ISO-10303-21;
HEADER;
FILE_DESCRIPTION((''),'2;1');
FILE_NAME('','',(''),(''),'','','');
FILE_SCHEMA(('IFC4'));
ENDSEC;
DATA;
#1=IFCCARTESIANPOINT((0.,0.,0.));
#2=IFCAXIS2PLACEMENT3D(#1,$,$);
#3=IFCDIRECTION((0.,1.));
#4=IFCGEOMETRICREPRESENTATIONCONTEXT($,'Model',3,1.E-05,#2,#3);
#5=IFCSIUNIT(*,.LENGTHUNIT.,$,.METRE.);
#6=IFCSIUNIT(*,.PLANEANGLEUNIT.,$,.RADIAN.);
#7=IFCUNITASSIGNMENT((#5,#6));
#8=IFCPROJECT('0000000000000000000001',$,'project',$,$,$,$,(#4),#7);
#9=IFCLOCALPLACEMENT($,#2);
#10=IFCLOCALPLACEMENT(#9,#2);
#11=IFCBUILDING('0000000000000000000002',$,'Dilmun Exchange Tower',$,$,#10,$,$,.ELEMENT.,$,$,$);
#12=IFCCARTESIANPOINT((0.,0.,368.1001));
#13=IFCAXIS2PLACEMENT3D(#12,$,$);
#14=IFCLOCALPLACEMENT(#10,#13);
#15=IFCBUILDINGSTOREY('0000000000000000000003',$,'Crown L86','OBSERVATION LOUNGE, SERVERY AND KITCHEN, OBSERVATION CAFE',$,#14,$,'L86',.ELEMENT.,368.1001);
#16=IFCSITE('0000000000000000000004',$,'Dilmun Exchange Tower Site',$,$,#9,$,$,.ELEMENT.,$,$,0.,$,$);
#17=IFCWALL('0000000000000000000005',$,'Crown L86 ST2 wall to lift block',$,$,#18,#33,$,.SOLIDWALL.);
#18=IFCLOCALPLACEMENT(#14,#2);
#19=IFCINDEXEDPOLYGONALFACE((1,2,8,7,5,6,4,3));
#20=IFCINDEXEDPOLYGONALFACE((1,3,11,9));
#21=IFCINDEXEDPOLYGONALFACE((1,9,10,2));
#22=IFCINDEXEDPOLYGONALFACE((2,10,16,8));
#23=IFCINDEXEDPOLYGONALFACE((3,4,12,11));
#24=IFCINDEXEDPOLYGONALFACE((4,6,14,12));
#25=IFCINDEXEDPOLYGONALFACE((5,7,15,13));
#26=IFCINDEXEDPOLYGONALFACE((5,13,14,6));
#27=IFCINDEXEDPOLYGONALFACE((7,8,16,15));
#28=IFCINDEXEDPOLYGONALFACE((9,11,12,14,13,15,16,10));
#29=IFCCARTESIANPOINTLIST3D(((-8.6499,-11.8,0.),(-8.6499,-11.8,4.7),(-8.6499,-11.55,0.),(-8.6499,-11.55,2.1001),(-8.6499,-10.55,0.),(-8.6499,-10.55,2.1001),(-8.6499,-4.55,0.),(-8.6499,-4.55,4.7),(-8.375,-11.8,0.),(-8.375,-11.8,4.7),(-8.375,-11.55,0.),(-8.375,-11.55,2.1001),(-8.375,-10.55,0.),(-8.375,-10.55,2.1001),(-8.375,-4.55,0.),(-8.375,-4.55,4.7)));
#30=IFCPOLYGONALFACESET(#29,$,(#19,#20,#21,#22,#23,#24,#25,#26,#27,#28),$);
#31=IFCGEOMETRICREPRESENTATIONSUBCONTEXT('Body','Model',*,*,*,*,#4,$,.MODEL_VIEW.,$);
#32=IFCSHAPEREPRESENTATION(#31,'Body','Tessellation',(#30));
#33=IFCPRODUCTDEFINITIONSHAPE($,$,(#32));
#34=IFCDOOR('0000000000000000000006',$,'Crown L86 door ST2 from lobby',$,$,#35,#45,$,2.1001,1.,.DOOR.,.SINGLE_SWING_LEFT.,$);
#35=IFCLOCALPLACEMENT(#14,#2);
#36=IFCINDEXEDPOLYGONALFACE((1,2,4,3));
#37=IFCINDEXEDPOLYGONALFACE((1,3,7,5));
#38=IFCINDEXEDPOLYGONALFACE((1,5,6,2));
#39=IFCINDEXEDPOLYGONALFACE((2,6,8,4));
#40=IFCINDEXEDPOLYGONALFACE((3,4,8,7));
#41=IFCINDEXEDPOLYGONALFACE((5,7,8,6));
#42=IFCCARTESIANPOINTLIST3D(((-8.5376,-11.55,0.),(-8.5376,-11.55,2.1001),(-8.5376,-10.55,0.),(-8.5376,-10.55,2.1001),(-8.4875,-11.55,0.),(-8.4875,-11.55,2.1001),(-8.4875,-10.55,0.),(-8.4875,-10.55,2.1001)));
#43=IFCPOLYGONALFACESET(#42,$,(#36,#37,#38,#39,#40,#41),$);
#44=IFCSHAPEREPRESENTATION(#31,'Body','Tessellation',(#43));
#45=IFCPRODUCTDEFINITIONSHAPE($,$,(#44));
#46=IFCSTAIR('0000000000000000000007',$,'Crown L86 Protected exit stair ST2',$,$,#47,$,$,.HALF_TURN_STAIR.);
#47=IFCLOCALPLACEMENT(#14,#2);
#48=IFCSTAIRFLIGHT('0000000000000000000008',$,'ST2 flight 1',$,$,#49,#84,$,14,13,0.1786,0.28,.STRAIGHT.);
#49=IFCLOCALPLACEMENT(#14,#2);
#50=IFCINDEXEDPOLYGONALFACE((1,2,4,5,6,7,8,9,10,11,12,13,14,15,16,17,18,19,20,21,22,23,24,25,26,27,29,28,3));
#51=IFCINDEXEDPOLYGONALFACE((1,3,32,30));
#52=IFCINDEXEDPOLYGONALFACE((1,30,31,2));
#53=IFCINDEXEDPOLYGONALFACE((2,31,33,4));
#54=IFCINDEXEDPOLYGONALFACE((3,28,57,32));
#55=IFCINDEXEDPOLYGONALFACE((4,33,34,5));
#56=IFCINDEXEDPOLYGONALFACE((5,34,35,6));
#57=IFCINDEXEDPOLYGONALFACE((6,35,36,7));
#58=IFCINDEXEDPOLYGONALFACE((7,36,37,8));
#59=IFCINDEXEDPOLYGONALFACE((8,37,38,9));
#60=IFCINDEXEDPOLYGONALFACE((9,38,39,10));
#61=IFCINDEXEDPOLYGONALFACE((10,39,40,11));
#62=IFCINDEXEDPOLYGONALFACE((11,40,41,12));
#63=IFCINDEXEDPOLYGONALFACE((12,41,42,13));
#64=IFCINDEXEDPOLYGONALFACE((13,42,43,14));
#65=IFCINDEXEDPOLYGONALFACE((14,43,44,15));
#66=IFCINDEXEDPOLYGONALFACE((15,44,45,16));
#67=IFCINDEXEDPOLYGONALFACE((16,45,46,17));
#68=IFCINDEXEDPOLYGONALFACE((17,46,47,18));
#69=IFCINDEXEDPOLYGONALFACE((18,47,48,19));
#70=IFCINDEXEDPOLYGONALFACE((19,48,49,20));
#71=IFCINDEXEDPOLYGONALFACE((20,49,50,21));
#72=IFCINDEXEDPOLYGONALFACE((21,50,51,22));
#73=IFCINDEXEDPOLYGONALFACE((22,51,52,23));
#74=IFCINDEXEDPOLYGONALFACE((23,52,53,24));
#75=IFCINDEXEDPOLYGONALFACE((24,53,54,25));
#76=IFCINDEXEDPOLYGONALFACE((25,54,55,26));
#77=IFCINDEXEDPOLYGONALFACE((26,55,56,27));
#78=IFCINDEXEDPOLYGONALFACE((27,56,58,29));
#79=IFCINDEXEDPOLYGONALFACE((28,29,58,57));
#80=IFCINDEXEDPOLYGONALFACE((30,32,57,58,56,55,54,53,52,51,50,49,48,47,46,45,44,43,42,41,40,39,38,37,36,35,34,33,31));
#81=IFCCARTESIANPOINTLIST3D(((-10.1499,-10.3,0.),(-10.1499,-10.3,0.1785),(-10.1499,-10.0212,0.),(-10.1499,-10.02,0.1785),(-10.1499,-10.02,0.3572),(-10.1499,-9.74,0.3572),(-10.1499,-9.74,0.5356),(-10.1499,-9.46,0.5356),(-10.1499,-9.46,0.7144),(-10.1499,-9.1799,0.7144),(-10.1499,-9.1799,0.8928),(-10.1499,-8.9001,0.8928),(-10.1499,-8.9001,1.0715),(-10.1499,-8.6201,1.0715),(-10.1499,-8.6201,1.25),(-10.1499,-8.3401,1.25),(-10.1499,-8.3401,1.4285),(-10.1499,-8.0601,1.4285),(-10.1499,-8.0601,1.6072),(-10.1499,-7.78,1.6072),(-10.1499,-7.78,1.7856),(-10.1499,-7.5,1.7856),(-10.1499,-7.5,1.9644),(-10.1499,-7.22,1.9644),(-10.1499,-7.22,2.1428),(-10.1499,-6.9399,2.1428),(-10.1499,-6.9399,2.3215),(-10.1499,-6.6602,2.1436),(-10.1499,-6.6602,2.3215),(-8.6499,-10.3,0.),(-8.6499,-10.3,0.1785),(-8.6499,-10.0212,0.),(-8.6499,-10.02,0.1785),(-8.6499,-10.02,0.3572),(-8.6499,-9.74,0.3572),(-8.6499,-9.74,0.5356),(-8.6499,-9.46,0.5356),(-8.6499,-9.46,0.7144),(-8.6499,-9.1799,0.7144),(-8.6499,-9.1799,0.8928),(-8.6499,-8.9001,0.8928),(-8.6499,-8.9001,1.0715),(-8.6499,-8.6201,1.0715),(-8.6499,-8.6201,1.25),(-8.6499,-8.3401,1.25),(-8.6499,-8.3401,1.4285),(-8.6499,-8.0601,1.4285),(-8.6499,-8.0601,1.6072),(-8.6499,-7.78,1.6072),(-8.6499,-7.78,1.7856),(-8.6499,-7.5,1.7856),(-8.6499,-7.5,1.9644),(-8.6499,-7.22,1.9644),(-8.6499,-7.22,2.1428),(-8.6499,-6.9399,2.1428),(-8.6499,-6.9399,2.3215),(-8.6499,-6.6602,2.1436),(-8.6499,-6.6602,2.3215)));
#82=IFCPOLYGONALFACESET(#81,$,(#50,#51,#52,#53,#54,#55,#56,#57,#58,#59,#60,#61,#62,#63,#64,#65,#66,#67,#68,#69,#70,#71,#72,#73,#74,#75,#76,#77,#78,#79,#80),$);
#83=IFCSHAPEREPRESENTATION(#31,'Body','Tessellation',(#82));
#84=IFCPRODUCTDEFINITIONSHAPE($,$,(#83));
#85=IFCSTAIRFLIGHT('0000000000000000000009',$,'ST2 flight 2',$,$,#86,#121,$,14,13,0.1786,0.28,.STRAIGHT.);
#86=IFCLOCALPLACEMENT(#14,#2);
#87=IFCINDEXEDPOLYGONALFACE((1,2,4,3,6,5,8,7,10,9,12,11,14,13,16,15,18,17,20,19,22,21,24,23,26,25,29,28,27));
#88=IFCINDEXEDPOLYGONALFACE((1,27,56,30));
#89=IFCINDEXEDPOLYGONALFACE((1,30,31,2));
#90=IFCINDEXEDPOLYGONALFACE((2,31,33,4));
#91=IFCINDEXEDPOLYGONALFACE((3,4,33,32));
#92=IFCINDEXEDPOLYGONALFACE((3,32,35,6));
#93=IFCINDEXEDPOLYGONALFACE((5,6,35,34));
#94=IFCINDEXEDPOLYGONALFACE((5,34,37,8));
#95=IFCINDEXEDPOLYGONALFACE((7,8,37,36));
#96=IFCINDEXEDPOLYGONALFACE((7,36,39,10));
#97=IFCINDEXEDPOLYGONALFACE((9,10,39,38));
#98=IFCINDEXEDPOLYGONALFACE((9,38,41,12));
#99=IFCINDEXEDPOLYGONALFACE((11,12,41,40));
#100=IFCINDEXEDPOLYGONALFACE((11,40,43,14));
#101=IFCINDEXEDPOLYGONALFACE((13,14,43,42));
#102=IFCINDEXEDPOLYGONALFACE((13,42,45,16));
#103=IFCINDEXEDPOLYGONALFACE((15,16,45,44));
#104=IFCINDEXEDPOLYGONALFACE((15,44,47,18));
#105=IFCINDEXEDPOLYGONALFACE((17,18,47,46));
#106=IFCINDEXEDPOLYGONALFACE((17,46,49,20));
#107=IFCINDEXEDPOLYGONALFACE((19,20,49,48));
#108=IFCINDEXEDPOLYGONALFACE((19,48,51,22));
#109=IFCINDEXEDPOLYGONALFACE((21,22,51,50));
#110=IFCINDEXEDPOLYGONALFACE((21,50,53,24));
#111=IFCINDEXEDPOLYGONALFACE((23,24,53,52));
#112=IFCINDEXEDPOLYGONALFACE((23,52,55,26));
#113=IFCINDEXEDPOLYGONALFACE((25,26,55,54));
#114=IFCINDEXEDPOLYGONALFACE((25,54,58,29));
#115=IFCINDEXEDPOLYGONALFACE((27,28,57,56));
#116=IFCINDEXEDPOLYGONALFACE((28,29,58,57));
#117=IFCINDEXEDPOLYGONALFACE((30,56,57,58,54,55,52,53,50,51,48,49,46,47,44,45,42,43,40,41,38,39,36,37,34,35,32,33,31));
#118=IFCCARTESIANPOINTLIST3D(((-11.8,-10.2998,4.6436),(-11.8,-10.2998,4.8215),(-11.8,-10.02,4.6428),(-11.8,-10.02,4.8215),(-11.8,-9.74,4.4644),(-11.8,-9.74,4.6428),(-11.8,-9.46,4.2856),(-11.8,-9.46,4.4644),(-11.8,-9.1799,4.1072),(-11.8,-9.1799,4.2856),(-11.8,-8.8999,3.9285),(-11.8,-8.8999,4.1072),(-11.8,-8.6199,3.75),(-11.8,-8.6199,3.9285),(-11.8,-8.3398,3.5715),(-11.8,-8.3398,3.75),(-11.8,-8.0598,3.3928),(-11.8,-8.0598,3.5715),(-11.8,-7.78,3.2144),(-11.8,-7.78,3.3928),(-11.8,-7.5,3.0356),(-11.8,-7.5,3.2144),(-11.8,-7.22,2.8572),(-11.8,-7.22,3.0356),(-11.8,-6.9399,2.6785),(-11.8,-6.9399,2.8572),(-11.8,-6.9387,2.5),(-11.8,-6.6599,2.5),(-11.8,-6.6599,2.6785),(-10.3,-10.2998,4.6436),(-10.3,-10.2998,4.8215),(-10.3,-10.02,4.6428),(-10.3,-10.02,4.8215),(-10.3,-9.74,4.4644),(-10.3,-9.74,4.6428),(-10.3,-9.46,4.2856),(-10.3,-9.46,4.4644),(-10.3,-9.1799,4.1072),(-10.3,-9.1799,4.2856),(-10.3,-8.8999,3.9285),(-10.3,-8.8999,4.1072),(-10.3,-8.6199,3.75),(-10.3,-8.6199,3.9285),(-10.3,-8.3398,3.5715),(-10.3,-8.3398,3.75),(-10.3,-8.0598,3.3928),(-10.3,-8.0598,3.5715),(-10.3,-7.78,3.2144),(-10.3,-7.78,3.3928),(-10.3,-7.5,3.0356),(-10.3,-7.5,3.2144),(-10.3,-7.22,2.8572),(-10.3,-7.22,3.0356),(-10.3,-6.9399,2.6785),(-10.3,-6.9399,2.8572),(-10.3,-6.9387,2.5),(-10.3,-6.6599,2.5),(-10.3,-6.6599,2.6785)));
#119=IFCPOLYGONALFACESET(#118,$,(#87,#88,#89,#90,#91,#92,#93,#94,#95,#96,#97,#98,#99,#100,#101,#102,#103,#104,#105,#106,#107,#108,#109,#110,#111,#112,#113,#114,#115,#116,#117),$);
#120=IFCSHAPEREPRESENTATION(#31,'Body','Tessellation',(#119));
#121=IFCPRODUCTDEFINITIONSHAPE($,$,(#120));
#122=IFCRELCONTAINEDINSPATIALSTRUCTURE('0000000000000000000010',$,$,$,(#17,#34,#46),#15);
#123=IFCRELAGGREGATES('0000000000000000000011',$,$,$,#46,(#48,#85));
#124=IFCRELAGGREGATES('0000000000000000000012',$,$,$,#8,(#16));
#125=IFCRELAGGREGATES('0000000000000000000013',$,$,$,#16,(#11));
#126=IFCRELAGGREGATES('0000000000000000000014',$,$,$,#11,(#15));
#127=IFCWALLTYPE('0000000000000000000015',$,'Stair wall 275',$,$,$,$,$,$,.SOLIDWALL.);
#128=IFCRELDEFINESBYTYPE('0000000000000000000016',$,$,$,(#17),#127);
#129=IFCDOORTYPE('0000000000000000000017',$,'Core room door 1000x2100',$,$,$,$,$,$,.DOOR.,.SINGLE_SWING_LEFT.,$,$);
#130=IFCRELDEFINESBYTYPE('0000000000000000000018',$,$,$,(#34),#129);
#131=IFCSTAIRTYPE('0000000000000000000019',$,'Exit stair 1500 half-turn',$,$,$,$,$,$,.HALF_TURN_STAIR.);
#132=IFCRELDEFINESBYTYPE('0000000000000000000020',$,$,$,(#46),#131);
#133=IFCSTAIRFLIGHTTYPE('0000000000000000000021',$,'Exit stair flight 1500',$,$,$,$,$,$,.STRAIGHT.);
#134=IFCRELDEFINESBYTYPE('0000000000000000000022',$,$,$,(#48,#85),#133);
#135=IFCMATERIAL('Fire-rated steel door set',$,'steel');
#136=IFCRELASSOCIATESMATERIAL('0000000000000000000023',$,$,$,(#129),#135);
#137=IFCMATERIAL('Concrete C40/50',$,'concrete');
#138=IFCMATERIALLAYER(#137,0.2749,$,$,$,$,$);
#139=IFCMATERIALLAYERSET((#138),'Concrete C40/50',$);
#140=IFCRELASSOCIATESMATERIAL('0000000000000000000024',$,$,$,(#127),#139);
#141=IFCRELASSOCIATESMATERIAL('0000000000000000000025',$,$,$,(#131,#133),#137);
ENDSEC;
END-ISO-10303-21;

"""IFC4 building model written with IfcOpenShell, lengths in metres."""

from ifc_helpers import new_model, si_unit, direction, frame, frame_2d, origin, place, context, subcontext, project, spatial, polyline, rectangle, outline, extrude, material, layer, layer_set, type_object, element, fill, aggregate, save


model = new_model("IFC4")

# Units and contexts
model_context = context("Model", 3, precision=1e-05, world=origin(), true_north=direction((0.0, 1.0)))
body_context = subcontext(model_context, "Body", "Model", "MODEL_VIEW")
ifc_project = project(units=[si_unit("LENGTHUNIT", "METRE"), si_unit("PLANEANGLEUNIT", "RADIAN")], contexts=[model_context])

# Site, building, storey
site_placement = place(None, origin())
site = spatial("IfcSite", under=ifc_project, at=site_placement, Name="Dilmun Exchange Tower Site", CompositionType="ELEMENT", RefElevation=0.0)
building_placement = place(site_placement, origin())
building = spatial("IfcBuilding", under=site, at=building_placement, Name="Dilmun Exchange Tower", CompositionType="ELEMENT")
storey_placement = place(building_placement, frame((0.0, 0.0, 368.1001)))
storey = spatial("IfcBuildingStorey", under=building, at=storey_placement, Name="Crown L86", Description="OBSERVATION LOUNGE, SERVERY AND KITCHEN, OBSERVATION CAFE", LongName="L86", CompositionType="ELEMENT", Elevation=368.1001)

# Shared definitions
ifc_material_1 = material(Name="Concrete C40/50", Category="concrete")
ifc_material_2 = material(Name="Fire-rated steel door set", Category="steel")

# Shared definitions
door_type_1 = type_object("IfcDoorType", Name="Core room door 1000x2100", OperationType="SINGLE_SWING_LEFT", PredefinedType="DOOR", material=ifc_material_2)

# Wall, opening, door
ifc_layer_1 = layer(ifc_material_1, 0.2749)
ifc_layer_set_1 = layer_set([ifc_layer_1], Name="Concrete C40/50")
wall_type_1 = type_object("IfcWallType", Name="Stair wall 275", PredefinedType="SOLIDWALL", material=ifc_layer_set_1)
wall_1_placement = place(storey_placement, frame((-8.5125, -4.55, 0.0), z_axis=(0.0, 0.0, 1.0), x_axis=(0.0, -1.0, 0.0)))
wall_1 = element("IfcWall", 1, at=wall_1_placement, inside=storey, type_object=wall_type_1, Name="Crown L86 ST2 wall to lift block", PredefinedType="SOLIDWALL", context=body_context, shape_type="SweptSolid", body=[
    extrude(rectangle(XDim=7.25, YDim=0.2749, at=frame_2d((3.625, 0.0))), origin(), (0.0, 0.0, 1.0), 4.7),
])
opening_1_placement = place(wall_1_placement, frame((6.0, 0.0, 0.0)))
opening_1 = element("IfcOpeningElement", 2, at=opening_1_placement, cuts=wall_1, PredefinedType="OPENING", context=body_context, shape_type="SweptSolid", body=[
    extrude(rectangle(XDim=1.0, YDim=2.1001, at=frame_2d((0.5, 1.05))), frame((0.0, 0.1475, 0.0), z_axis=(0.0, -1.0, 0.0), x_axis=(1.0, 0.0, 0.0)), (0.0, 0.0, 1.0), 0.2949),
])
door_1_placement = place(opening_1_placement, origin())
door_1 = element("IfcDoor", 3, at=door_1_placement, inside=storey, type_object=door_type_1, Name="Crown L86 door ST2 from lobby", OperationType="SINGLE_SWING_LEFT", OverallHeight=2.1001, OverallWidth=1.0, PredefinedType="DOOR", context=body_context, shape_type="SweptSolid", body=[
    extrude(rectangle(XDim=1.0, YDim=2.1001, at=frame_2d((0.5, 1.05))), frame((0.0, 0.0249, 0.0), z_axis=(0.0, -1.0, 0.0), x_axis=(1.0, 0.0, 0.0)), (0.0, 0.0, 1.0), 0.05),
])
fill(opening_1, door_1)

# Stair, stair flights
stair_type = type_object("IfcStairType", Name="Exit stair 1500 half-turn", PredefinedType="HALF_TURN_STAIR", material=ifc_material_1)
stair_placement = place(storey_placement, origin())
stair = element("IfcStair", 4, at=stair_placement, inside=storey, type_object=stair_type, Name="Crown L86 Protected exit stair ST2", PredefinedType="HALF_TURN_STAIR")
stair_flight_type = type_object("IfcStairFlightType", Name="Exit stair flight 1500", PredefinedType="STRAIGHT", material=ifc_material_1)
stair_flight_1_placement = place(storey_placement, frame((-9.3999, -10.3, 0.0), z_axis=(0.0, 0.0, 1.0), x_axis=(0.0, 1.0, 0.0)))
stair_flight_1 = element("IfcStairFlight", 5, at=stair_flight_1_placement, type_object=stair_flight_type, Name="ST2 flight 1", NumberOfRisers=14, NumberOfTreads=13, PredefinedType="STRAIGHT", RiserHeight=0.1786, TreadLength=0.28, context=body_context, shape_type="SweptSolid", body=[
    extrude(outline(polyline([(0.0, 0.0), (0.0, 0.1785), (0.28, 0.1785), (0.28, 0.3572), (0.5601, 0.3572), (0.5601, 0.5356), (0.8401, 0.5356), (0.8401, 0.7144), (1.1201, 0.7144), (1.1201, 0.8928), (1.3999, 0.8928), (1.3999, 1.0715), (1.6799, 1.0715), (1.6799, 1.25), (1.96, 1.25), (1.96, 1.4285), (2.24, 1.4285), (2.24, 1.6072), (2.52, 1.6072), (2.52, 1.7856), (2.8, 1.7856), (2.8, 1.9644), (3.0801, 1.9644), (3.0801, 2.1428), (3.3601, 2.1428), (3.3601, 2.3215), (3.6399, 2.3215), (3.6399, 2.5), (3.6399, 2.1436), (0.2788, 0.0), (0.0, 0.0)])), frame((0.0, 0.75, 0.0), z_axis=(0.0, -1.0, 0.0), x_axis=(1.0, 0.0, 0.0)), (0.0, 0.0, 1.0), 1.5),
])
stair_flight_2_placement = place(storey_placement, frame((-11.05, -6.6599, 2.5), z_axis=(0.0, 0.0, 1.0), x_axis=(0.0, -1.0, 0.0)))
stair_flight_2 = element("IfcStairFlight", 6, at=stair_flight_2_placement, type_object=stair_flight_type, Name="ST2 flight 2", NumberOfRisers=14, NumberOfTreads=13, PredefinedType="STRAIGHT", RiserHeight=0.1786, TreadLength=0.28, context=body_context, shape_type="SweptSolid", body=[
    extrude(outline(polyline([(0.0, 0.0), (0.0, 0.1785), (0.28, 0.1785), (0.28, 0.3572), (0.5601, 0.3572), (0.5601, 0.5356), (0.8401, 0.5356), (0.8401, 0.7144), (1.1201, 0.7144), (1.1201, 0.8928), (1.3999, 0.8928), (1.3999, 1.0715), (1.6799, 1.0715), (1.6799, 1.25), (1.96, 1.25), (1.96, 1.4285), (2.24, 1.4285), (2.24, 1.6072), (2.52, 1.6072), (2.52, 1.7856), (2.8, 1.7856), (2.8, 1.9644), (3.0801, 1.9644), (3.0801, 2.1428), (3.3601, 2.1428), (3.3601, 2.3215), (3.6399, 2.3215), (3.6399, 2.5), (3.6399, 2.1436), (0.2788, 0.0), (0.0, 0.0)])), frame((0.0, 0.75, 0.0), z_axis=(0.0, -1.0, 0.0), x_axis=(1.0, 0.0, 0.0)), (0.0, 0.0, 1.0), 1.5),
])
aggregate(stair, [stair_flight_1, stair_flight_2])

save(model, "model.ifc")
